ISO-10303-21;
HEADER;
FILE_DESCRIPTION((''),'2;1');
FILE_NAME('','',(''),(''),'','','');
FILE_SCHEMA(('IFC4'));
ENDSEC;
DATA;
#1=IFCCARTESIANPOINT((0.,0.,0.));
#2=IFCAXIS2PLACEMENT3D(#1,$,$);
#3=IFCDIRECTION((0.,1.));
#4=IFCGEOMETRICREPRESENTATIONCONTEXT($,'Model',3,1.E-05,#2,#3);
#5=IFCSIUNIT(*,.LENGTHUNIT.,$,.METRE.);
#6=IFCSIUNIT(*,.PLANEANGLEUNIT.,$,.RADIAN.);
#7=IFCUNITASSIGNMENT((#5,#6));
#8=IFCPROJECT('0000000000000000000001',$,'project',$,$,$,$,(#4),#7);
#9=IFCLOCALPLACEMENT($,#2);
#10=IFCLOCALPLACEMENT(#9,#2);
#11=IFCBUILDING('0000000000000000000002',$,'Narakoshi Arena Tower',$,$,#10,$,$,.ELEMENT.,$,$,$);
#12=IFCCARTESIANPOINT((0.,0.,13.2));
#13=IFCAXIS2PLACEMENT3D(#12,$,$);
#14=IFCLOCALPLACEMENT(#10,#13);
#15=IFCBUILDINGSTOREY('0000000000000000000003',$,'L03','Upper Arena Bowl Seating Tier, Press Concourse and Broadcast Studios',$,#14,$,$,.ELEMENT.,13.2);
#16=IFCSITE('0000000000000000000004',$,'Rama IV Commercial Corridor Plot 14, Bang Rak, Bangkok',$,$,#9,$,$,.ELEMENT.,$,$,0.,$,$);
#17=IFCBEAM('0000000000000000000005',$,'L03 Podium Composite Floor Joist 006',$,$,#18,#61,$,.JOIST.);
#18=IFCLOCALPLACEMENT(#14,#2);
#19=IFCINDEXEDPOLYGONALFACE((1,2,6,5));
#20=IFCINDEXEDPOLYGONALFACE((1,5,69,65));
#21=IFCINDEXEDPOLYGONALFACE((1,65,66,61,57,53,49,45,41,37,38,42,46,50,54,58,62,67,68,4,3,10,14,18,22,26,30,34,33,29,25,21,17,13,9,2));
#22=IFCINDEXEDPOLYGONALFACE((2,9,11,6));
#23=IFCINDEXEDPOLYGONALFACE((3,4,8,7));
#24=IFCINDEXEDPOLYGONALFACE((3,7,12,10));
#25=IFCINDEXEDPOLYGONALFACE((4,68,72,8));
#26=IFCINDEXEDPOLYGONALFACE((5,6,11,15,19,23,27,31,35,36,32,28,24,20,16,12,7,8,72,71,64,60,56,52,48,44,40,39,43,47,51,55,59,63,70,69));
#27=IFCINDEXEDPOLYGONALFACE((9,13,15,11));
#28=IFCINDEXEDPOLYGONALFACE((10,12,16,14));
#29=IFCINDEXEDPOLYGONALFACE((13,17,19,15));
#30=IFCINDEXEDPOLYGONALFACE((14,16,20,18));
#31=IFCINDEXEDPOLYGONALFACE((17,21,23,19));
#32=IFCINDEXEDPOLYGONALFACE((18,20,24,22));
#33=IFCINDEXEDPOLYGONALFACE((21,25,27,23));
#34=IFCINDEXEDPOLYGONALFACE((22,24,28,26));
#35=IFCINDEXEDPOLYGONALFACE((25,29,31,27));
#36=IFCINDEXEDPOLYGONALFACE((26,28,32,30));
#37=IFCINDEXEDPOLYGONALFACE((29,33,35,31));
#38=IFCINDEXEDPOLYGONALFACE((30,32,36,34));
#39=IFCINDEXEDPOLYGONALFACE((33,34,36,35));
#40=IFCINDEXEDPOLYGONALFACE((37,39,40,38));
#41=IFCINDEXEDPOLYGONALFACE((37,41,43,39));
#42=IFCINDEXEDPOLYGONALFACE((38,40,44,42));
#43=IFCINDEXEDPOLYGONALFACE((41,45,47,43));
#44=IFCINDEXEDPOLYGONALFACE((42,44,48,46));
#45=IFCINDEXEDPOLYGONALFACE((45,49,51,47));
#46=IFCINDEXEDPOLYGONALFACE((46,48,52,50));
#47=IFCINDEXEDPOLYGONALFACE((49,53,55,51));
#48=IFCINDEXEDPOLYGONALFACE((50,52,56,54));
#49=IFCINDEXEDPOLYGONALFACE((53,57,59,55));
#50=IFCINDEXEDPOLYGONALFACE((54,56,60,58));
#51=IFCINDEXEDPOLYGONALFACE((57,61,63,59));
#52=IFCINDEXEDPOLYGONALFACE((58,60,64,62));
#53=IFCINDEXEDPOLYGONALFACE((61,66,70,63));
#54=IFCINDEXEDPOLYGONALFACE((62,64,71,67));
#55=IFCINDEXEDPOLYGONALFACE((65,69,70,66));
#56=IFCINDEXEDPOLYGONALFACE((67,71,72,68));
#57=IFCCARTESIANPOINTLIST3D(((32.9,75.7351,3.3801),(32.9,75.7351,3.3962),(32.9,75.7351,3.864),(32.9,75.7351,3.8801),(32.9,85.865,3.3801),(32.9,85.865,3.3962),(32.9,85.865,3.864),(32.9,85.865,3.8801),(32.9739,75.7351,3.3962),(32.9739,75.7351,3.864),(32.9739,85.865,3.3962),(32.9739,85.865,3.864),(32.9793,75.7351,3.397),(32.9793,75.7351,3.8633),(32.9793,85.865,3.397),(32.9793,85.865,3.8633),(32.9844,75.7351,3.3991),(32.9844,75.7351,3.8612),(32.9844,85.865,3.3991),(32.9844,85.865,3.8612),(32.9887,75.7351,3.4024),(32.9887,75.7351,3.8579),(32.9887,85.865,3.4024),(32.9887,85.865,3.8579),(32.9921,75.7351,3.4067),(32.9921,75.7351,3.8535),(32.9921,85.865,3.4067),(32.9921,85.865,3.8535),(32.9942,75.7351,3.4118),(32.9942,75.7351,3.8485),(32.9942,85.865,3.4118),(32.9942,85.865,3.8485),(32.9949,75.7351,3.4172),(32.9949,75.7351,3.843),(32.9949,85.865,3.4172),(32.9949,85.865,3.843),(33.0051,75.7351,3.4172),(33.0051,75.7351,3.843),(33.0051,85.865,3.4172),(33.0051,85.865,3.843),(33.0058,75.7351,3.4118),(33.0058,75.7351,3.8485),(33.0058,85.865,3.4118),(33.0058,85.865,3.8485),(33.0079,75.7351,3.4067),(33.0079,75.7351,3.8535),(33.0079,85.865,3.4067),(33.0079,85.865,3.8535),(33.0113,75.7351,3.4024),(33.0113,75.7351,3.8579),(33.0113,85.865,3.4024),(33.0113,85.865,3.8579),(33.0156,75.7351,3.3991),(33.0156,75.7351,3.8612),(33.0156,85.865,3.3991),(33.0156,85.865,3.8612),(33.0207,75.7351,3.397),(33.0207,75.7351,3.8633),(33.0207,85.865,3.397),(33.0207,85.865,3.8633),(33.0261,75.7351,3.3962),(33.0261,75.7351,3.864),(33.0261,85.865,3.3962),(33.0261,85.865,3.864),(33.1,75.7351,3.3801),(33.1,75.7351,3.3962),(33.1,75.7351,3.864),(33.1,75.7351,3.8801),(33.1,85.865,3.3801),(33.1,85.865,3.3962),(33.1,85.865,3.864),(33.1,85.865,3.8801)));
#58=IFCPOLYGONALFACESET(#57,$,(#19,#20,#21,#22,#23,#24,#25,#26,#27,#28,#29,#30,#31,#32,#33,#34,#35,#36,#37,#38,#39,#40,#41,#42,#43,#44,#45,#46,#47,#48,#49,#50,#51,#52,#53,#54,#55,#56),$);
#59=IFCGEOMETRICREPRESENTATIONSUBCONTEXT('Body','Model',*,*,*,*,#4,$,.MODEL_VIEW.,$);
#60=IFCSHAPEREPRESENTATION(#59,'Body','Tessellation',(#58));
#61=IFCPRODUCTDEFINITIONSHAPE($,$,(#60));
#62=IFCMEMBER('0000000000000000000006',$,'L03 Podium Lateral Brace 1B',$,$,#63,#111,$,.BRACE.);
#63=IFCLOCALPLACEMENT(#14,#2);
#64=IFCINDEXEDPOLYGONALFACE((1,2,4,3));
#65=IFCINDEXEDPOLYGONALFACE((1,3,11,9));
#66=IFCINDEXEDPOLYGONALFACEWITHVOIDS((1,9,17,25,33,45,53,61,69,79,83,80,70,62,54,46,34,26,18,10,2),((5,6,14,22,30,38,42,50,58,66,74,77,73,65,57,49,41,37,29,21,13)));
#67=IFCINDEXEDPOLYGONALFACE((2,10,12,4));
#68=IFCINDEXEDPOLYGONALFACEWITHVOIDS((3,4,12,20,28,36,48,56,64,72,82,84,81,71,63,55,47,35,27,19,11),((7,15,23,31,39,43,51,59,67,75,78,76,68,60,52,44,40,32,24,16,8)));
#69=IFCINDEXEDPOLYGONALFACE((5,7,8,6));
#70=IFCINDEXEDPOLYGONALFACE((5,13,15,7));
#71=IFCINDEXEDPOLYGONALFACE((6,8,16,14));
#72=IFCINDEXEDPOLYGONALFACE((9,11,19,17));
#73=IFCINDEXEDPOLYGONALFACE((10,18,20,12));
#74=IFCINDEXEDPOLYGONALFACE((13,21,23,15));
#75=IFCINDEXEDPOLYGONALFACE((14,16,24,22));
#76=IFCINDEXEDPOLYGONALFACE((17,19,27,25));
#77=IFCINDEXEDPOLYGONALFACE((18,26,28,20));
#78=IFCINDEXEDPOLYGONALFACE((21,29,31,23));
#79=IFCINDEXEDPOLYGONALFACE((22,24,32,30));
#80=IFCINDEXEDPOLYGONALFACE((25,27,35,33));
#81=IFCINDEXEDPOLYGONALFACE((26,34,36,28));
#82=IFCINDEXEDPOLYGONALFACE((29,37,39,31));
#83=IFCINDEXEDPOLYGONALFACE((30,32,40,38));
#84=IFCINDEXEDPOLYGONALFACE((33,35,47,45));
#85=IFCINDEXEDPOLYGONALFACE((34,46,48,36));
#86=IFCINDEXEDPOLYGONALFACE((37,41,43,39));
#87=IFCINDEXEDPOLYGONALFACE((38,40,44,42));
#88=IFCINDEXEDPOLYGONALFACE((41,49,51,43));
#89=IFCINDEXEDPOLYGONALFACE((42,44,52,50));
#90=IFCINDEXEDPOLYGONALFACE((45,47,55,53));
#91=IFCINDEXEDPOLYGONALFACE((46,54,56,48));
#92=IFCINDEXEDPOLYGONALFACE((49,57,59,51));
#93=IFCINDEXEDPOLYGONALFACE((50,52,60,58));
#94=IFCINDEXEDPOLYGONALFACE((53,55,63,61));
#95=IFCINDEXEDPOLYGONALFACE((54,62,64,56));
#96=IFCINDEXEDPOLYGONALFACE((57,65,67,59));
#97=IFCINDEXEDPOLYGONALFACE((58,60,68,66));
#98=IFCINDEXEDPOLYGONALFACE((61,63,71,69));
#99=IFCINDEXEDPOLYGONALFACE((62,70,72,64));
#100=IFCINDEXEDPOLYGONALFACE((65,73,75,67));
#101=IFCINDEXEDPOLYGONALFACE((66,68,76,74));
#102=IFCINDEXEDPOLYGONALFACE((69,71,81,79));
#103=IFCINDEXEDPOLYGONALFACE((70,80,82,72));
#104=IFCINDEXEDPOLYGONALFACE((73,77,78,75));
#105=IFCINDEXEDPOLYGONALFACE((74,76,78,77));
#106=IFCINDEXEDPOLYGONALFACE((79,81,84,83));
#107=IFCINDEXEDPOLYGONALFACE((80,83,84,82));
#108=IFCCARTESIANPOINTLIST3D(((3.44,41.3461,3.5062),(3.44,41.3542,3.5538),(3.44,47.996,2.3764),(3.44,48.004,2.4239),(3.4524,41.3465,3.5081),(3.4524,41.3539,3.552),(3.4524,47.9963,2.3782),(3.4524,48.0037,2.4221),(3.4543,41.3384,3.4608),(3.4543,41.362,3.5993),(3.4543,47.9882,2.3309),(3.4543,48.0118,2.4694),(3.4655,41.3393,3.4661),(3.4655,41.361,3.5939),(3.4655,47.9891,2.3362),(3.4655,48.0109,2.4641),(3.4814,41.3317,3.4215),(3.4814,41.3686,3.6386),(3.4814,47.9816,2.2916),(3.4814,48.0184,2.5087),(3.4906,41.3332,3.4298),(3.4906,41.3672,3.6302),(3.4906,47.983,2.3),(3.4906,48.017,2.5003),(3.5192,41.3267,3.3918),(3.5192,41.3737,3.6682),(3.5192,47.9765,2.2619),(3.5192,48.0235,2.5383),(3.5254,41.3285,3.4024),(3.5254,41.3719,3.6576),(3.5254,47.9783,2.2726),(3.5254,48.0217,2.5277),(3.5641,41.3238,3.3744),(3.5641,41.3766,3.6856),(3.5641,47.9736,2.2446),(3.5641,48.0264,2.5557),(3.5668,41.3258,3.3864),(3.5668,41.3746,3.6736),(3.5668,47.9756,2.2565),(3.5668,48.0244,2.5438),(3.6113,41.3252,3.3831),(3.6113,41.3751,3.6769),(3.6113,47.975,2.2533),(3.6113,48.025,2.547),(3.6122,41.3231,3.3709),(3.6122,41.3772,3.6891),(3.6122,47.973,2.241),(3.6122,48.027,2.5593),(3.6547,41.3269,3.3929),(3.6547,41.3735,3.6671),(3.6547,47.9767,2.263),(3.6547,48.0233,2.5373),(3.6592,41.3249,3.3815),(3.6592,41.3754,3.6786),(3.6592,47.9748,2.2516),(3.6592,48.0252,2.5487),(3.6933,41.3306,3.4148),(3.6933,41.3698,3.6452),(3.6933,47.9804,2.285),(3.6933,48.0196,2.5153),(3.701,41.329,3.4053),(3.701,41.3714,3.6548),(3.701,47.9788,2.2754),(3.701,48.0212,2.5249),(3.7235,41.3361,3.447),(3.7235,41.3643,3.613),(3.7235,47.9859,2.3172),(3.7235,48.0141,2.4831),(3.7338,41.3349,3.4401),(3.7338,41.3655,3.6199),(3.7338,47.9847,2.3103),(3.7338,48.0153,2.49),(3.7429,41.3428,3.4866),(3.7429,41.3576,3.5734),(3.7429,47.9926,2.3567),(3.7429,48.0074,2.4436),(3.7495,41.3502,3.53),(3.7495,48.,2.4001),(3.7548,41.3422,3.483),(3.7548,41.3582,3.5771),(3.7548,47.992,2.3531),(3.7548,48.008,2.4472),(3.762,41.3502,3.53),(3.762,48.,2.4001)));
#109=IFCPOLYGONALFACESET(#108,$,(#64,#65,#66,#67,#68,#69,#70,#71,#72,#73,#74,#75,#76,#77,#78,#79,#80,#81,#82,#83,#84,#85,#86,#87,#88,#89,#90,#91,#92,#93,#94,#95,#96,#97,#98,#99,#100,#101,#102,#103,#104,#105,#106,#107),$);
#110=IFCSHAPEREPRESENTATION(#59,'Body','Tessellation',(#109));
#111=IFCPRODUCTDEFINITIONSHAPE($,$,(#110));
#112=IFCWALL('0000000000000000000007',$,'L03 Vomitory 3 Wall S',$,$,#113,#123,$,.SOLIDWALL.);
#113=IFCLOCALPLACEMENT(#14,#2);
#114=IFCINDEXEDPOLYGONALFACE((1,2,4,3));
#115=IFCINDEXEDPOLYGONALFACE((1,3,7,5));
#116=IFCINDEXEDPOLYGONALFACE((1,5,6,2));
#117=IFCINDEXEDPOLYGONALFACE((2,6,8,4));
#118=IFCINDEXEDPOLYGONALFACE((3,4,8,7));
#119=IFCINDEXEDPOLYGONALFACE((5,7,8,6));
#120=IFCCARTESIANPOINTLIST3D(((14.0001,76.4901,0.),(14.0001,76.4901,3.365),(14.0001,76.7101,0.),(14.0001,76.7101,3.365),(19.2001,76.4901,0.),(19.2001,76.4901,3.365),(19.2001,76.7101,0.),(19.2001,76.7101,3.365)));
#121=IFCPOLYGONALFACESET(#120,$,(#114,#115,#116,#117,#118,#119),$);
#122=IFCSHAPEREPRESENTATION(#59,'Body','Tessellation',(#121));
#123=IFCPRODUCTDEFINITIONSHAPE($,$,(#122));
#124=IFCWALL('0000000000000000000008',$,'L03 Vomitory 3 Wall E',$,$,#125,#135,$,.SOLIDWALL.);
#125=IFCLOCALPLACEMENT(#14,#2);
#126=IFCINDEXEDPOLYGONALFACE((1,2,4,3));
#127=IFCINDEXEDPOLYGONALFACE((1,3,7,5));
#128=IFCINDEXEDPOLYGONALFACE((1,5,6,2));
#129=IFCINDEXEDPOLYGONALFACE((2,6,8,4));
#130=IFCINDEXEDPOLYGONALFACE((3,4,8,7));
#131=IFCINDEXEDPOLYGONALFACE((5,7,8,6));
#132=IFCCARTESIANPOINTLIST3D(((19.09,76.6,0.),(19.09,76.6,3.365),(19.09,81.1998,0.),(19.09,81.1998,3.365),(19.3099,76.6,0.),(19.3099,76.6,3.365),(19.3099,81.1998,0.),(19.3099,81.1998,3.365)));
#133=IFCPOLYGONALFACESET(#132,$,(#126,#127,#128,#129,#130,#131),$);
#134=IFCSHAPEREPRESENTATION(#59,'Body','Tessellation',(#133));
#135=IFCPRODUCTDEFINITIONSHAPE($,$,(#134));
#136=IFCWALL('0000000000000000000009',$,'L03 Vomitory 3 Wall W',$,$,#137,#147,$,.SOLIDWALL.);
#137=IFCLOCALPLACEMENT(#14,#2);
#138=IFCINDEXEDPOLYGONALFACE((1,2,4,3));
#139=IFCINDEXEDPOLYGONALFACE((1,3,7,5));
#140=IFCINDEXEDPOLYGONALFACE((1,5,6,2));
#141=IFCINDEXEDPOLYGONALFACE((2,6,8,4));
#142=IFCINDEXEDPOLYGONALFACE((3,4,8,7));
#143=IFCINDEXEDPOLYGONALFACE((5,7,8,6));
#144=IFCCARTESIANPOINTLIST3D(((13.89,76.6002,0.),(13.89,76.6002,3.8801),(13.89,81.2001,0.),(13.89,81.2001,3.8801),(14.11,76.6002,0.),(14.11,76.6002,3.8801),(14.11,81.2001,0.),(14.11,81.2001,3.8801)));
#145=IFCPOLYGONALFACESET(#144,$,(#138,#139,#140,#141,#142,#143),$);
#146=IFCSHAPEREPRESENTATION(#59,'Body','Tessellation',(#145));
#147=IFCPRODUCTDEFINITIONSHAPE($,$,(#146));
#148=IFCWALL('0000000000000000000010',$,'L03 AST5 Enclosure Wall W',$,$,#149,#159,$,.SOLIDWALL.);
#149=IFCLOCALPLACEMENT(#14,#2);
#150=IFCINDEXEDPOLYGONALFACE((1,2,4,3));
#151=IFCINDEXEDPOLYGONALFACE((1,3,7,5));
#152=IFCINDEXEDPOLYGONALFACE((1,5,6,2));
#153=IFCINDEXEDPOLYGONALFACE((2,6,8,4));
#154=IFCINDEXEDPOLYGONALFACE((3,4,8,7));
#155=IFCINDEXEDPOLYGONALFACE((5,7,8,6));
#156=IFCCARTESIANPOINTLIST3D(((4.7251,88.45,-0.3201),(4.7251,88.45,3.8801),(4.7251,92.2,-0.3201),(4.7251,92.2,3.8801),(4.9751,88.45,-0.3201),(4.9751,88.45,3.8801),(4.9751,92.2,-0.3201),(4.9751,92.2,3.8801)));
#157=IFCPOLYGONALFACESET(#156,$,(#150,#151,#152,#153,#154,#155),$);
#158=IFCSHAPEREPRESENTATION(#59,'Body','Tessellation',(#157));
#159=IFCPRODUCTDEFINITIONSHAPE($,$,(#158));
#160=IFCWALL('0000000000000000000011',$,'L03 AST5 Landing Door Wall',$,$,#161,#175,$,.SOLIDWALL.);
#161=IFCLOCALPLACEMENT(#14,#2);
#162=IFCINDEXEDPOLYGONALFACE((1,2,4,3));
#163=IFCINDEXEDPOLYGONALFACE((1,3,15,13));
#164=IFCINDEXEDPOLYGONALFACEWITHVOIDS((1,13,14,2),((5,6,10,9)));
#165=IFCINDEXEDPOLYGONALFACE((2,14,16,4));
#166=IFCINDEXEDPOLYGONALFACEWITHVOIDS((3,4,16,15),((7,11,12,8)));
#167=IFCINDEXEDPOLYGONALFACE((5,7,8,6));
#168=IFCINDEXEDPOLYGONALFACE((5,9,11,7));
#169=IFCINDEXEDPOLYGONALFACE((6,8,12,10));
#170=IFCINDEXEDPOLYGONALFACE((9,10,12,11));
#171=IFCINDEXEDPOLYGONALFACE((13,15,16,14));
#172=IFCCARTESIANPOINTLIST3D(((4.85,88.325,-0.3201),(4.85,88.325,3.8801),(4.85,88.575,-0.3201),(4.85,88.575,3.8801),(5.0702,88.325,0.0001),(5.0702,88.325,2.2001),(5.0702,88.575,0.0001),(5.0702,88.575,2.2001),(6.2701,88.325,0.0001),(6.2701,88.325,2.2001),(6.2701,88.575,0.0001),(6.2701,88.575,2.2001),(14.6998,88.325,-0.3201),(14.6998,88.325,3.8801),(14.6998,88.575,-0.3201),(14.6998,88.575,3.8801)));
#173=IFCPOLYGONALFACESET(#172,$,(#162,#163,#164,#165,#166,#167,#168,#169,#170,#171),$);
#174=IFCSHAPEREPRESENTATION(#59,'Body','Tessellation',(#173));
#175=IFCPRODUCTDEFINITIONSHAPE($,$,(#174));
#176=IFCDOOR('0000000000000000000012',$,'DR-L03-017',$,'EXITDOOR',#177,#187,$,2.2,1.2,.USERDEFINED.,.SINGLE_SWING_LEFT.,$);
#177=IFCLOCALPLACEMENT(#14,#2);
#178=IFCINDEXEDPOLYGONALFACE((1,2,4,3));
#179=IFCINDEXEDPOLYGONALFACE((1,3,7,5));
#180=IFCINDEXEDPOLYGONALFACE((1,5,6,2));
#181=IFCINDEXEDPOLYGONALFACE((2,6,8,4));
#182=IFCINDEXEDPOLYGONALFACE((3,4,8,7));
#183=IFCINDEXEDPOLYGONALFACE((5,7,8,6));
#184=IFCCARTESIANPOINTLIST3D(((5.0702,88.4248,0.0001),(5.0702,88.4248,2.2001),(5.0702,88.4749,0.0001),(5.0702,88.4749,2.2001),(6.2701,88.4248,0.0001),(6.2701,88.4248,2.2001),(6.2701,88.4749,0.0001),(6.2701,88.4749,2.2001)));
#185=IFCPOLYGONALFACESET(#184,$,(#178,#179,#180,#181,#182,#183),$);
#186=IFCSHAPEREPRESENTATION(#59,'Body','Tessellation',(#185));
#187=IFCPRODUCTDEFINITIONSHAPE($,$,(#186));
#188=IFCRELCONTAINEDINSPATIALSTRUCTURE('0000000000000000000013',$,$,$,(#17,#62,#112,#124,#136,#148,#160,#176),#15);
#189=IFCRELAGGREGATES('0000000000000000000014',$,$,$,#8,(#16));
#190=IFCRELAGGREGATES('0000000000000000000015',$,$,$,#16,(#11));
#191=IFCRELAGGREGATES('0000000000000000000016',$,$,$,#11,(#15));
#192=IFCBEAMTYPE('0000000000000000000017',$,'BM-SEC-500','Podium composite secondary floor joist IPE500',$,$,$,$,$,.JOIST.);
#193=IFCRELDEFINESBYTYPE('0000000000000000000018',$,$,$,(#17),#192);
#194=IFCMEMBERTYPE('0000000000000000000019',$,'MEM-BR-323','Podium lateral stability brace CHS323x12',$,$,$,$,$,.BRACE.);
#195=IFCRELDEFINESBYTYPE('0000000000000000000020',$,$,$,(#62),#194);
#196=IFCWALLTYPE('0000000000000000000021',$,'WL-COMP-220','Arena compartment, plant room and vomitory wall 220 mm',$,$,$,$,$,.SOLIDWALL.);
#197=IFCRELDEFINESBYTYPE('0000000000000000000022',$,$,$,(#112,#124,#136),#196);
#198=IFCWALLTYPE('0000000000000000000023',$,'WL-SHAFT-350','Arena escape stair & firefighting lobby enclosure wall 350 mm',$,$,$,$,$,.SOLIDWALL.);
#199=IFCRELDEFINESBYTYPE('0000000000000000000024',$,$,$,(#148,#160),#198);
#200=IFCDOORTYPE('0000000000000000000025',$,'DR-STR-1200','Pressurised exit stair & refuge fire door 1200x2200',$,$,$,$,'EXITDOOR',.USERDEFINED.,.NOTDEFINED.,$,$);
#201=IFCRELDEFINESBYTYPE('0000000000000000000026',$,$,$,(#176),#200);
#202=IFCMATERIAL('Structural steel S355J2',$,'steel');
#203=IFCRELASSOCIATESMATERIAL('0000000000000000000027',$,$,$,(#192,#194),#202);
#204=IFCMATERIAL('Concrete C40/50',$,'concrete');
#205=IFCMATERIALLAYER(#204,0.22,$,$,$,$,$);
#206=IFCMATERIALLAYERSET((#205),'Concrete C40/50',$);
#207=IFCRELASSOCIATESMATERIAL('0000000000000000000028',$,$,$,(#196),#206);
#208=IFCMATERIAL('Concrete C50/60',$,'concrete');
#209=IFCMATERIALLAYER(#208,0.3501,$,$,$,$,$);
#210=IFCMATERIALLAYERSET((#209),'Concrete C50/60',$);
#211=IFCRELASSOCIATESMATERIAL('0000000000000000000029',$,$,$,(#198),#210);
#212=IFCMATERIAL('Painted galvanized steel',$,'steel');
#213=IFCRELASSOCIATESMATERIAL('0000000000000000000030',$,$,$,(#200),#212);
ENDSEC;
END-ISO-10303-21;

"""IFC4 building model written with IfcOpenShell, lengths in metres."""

from ifc_helpers import new_model, si_unit, direction, frame, frame_2d, origin, origin_2d, place, context, subcontext, project, spatial, rectangle, hollow_circle, i_section, extrude, material, layer, layer_set, material_profile, profile_set, type_object, element, fill, save


model = new_model("IFC4")

# Units and contexts
model_context = context("Model", 3, precision=1e-05, world=origin(), true_north=direction((0.0, 1.0)))
body_context = subcontext(model_context, "Body", "Model", "MODEL_VIEW")
ifc_project = project(units=[si_unit("LENGTHUNIT", "METRE"), si_unit("PLANEANGLEUNIT", "RADIAN")], contexts=[model_context])

# Site, building, storey
site_placement = place(None, origin())
site = spatial("IfcSite", under=ifc_project, at=site_placement, Name="Rama IV Commercial Corridor Plot 14, Bang Rak, Bangkok", CompositionType="ELEMENT", RefElevation=0.0)
building_placement = place(site_placement, origin())
building = spatial("IfcBuilding", under=site, at=building_placement, Name="Narakoshi Arena Tower", CompositionType="ELEMENT")
storey_placement = place(building_placement, frame((0.0, 0.0, 13.2)))
storey = spatial("IfcBuildingStorey", under=building, at=storey_placement, Name="L03", Description="Upper Arena Bowl Seating Tier, Press Concourse and Broadcast Studios", CompositionType="ELEMENT", Elevation=13.2)

# Beam
ifc_material_1 = material(Name="Structural steel S355J2", Category="steel")
ifc_material_profile_1 = material_profile(ifc_material_1, i_section(OverallWidth=0.2, OverallDepth=0.5, WebThickness=0.0103, FlangeThickness=0.0161, FilletRadius=0.021, at=origin_2d()), Name="IPE500")
ifc_profile_set_1 = profile_set([ifc_material_profile_1], Name="Structural steel S355J2")
beam_type_1 = type_object("IfcBeamType", Name="BM-SEC-500", Description="Podium composite secondary floor joist IPE500", PredefinedType="JOIST", material=ifc_profile_set_1)
for number, where, z_axis, x_axis, name in (
    (1, (33.0, 75.7351, 3.6301), (0.0, 1.0, 0.0), (-1.0, 0.0, 0.0), "L03 Podium Composite Floor Joist 006"),
):
    element("IfcBeam", number, at=place(storey_placement, frame(where, z_axis=z_axis, x_axis=x_axis)), inside=storey, type_object=beam_type_1, Name=name, PredefinedType="JOIST", context=body_context, shape_type="SweptSolid", body=[
        extrude(i_section(OverallWidth=0.2, OverallDepth=0.5, WebThickness=0.0103, FlangeThickness=0.0161, FilletRadius=0.021, at=origin_2d()), origin(), (0.0, 0.0, 1.0), 10.1299),
    ])

# Member
ifc_material_profile_2 = material_profile(ifc_material_1, hollow_circle(Radius=0.1619, WallThickness=0.0125, at=origin_2d()), Name="CHS323x12")
ifc_profile_set_2 = profile_set([ifc_material_profile_2], Name="Structural steel S355J2")
member_type = type_object("IfcMemberType", Name="MEM-BR-323", Description="Podium lateral stability brace CHS323x12", PredefinedType="BRACE", material=ifc_profile_set_2)
member_placement = place(storey_placement, frame((3.6001, 48.0, 2.4001), z_axis=(0.0, -0.985871, 0.167509), x_axis=(1.0, 0.0, 0.0)))
element("IfcMember", 2, at=member_placement, inside=storey, type_object=member_type, Name="L03 Podium Lateral Brace 1B", PredefinedType="BRACE", context=body_context, shape_type="SweptSolid", body=[
    extrude(hollow_circle(Radius=0.1619, WallThickness=0.0125, at=origin_2d()), origin(), (0.0, 0.0, 1.0), 6.7451),
])

# Walls
ifc_material_2 = material(Name="Concrete C40/50", Category="concrete")
ifc_layer_1 = layer(ifc_material_2, 0.22)
ifc_layer_set_1 = layer_set([ifc_layer_1], Name="Concrete C40/50")
wall_type_1 = type_object("IfcWallType", Name="WL-COMP-220", Description="Arena compartment, plant room and vomitory wall 220 mm", PredefinedType="SOLIDWALL", material=ifc_layer_set_1)
wall_1_placement = place(storey_placement, frame((14.0, 76.6001, 0.0), z_axis=(0.0, 0.0, 1.0), x_axis=(1.0, 0.0, 0.0)))
element("IfcWall", 3, at=wall_1_placement, inside=storey, type_object=wall_type_1, Name="L03 Vomitory 3 Wall S", PredefinedType="SOLIDWALL", context=body_context, shape_type="SweptSolid", body=[
    extrude(rectangle(XDim=5.2, YDim=0.22, at=frame_2d((2.6001, 0.0))), origin(), (0.0, 0.0, 1.0), 3.365),
])
wall_2_placement = place(storey_placement, frame((19.2, 76.6001, 0.0), z_axis=(0.0, 0.0, 1.0), x_axis=(0.0, 1.0, 0.0)))
element("IfcWall", 4, at=wall_2_placement, inside=storey, type_object=wall_type_1, Name="L03 Vomitory 3 Wall E", PredefinedType="SOLIDWALL", context=body_context, shape_type="SweptSolid", body=[
    extrude(rectangle(XDim=4.5999, YDim=0.22, at=frame_2d((2.2998, 0.0))), origin(), (0.0, 0.0, 1.0), 3.365),
])

# Shared definitions
ifc_material_3 = material(Name="Painted galvanized steel", Category="steel")

# Walls
wall_3_placement = place(storey_placement, frame((14.0, 81.2, 0.0), z_axis=(0.0, 0.0, 1.0), x_axis=(0.0, -1.0, 0.0)))
element("IfcWall", 5, at=wall_3_placement, inside=storey, type_object=wall_type_1, Name="L03 Vomitory 3 Wall W", PredefinedType="SOLIDWALL", context=body_context, shape_type="SweptSolid", body=[
    extrude(rectangle(XDim=4.5999, YDim=0.22, at=frame_2d((2.2998, 0.0))), origin(), (0.0, 0.0, 1.0), 3.8801),
])
ifc_material_4 = material(Name="Concrete C50/60", Category="concrete")
ifc_layer_2 = layer(ifc_material_4, 0.3501)
ifc_layer_set_2 = layer_set([ifc_layer_2], Name="Concrete C50/60")
wall_type_2 = type_object("IfcWallType", Name="WL-SHAFT-350", Description="Arena escape stair & firefighting lobby enclosure wall 350 mm", PredefinedType="SOLIDWALL", material=ifc_layer_set_2)
wall_4_placement = place(storey_placement, frame((4.8501, 88.45, -0.3201), z_axis=(0.0, 0.0, 1.0), x_axis=(0.0, 1.0, 0.0)))
element("IfcWall", 6, at=wall_4_placement, inside=storey, type_object=wall_type_2, Name="L03 AST5 Enclosure Wall W", PredefinedType="SOLIDWALL", context=body_context, shape_type="SweptSolid", body=[
    extrude(rectangle(XDim=3.75, YDim=0.25, at=frame_2d((1.875, 0.0))), origin(), (0.0, 0.0, 1.0), 4.2002),
])

# Wall, opening, door
wall_5_placement = place(storey_placement, frame((4.8501, 88.45, -0.3201), z_axis=(0.0, 0.0, 1.0), x_axis=(1.0, 0.0, 0.0)))
wall_5 = element("IfcWall", 7, at=wall_5_placement, inside=storey, type_object=wall_type_2, Name="L03 AST5 Landing Door Wall", PredefinedType="SOLIDWALL", context=body_context, shape_type="SweptSolid", body=[
    extrude(rectangle(XDim=9.8499, YDim=0.25, at=frame_2d((4.9248, 0.0))), origin(), (0.0, 0.0, 1.0), 4.2002),
])
opening_1_placement = place(wall_5_placement, frame((0.22, 0.0, 0.3201)))
opening_1 = element("IfcOpeningElement", 8, at=opening_1_placement, cuts=wall_5, PredefinedType="OPENING", context=body_context, shape_type="SweptSolid", body=[
    extrude(rectangle(XDim=1.2, YDim=2.2, at=frame_2d((0.6001, 1.1001))), frame((0.0, 0.135, 0.0), z_axis=(0.0, -1.0, 0.0), x_axis=(1.0, 0.0, 0.0)), (0.0, 0.0, 1.0), 0.27),
])
door_type_1 = type_object("IfcDoorType", Name="DR-STR-1200", Description="Pressurised exit stair & refuge fire door 1200x2200", ElementType="EXITDOOR", OperationType="NOTDEFINED", PredefinedType="USERDEFINED", material=ifc_material_3)
door_1_placement = place(opening_1_placement, origin())
door_1 = element("IfcDoor", 9, at=door_1_placement, inside=storey, type_object=door_type_1, Name="DR-L03-017", ObjectType="EXITDOOR", OperationType="SINGLE_SWING_LEFT", OverallHeight=2.2, OverallWidth=1.2, PredefinedType="USERDEFINED", context=body_context, shape_type="SweptSolid", body=[
    extrude(rectangle(XDim=1.2, YDim=2.2, at=frame_2d((0.6001, 1.1001))), frame((0.0, 0.0249, 0.0), z_axis=(0.0, -1.0, 0.0), x_axis=(1.0, 0.0, 0.0)), (0.0, 0.0, 1.0), 0.05),
])
fill(opening_1, door_1)

save(model, "model.ifc")
